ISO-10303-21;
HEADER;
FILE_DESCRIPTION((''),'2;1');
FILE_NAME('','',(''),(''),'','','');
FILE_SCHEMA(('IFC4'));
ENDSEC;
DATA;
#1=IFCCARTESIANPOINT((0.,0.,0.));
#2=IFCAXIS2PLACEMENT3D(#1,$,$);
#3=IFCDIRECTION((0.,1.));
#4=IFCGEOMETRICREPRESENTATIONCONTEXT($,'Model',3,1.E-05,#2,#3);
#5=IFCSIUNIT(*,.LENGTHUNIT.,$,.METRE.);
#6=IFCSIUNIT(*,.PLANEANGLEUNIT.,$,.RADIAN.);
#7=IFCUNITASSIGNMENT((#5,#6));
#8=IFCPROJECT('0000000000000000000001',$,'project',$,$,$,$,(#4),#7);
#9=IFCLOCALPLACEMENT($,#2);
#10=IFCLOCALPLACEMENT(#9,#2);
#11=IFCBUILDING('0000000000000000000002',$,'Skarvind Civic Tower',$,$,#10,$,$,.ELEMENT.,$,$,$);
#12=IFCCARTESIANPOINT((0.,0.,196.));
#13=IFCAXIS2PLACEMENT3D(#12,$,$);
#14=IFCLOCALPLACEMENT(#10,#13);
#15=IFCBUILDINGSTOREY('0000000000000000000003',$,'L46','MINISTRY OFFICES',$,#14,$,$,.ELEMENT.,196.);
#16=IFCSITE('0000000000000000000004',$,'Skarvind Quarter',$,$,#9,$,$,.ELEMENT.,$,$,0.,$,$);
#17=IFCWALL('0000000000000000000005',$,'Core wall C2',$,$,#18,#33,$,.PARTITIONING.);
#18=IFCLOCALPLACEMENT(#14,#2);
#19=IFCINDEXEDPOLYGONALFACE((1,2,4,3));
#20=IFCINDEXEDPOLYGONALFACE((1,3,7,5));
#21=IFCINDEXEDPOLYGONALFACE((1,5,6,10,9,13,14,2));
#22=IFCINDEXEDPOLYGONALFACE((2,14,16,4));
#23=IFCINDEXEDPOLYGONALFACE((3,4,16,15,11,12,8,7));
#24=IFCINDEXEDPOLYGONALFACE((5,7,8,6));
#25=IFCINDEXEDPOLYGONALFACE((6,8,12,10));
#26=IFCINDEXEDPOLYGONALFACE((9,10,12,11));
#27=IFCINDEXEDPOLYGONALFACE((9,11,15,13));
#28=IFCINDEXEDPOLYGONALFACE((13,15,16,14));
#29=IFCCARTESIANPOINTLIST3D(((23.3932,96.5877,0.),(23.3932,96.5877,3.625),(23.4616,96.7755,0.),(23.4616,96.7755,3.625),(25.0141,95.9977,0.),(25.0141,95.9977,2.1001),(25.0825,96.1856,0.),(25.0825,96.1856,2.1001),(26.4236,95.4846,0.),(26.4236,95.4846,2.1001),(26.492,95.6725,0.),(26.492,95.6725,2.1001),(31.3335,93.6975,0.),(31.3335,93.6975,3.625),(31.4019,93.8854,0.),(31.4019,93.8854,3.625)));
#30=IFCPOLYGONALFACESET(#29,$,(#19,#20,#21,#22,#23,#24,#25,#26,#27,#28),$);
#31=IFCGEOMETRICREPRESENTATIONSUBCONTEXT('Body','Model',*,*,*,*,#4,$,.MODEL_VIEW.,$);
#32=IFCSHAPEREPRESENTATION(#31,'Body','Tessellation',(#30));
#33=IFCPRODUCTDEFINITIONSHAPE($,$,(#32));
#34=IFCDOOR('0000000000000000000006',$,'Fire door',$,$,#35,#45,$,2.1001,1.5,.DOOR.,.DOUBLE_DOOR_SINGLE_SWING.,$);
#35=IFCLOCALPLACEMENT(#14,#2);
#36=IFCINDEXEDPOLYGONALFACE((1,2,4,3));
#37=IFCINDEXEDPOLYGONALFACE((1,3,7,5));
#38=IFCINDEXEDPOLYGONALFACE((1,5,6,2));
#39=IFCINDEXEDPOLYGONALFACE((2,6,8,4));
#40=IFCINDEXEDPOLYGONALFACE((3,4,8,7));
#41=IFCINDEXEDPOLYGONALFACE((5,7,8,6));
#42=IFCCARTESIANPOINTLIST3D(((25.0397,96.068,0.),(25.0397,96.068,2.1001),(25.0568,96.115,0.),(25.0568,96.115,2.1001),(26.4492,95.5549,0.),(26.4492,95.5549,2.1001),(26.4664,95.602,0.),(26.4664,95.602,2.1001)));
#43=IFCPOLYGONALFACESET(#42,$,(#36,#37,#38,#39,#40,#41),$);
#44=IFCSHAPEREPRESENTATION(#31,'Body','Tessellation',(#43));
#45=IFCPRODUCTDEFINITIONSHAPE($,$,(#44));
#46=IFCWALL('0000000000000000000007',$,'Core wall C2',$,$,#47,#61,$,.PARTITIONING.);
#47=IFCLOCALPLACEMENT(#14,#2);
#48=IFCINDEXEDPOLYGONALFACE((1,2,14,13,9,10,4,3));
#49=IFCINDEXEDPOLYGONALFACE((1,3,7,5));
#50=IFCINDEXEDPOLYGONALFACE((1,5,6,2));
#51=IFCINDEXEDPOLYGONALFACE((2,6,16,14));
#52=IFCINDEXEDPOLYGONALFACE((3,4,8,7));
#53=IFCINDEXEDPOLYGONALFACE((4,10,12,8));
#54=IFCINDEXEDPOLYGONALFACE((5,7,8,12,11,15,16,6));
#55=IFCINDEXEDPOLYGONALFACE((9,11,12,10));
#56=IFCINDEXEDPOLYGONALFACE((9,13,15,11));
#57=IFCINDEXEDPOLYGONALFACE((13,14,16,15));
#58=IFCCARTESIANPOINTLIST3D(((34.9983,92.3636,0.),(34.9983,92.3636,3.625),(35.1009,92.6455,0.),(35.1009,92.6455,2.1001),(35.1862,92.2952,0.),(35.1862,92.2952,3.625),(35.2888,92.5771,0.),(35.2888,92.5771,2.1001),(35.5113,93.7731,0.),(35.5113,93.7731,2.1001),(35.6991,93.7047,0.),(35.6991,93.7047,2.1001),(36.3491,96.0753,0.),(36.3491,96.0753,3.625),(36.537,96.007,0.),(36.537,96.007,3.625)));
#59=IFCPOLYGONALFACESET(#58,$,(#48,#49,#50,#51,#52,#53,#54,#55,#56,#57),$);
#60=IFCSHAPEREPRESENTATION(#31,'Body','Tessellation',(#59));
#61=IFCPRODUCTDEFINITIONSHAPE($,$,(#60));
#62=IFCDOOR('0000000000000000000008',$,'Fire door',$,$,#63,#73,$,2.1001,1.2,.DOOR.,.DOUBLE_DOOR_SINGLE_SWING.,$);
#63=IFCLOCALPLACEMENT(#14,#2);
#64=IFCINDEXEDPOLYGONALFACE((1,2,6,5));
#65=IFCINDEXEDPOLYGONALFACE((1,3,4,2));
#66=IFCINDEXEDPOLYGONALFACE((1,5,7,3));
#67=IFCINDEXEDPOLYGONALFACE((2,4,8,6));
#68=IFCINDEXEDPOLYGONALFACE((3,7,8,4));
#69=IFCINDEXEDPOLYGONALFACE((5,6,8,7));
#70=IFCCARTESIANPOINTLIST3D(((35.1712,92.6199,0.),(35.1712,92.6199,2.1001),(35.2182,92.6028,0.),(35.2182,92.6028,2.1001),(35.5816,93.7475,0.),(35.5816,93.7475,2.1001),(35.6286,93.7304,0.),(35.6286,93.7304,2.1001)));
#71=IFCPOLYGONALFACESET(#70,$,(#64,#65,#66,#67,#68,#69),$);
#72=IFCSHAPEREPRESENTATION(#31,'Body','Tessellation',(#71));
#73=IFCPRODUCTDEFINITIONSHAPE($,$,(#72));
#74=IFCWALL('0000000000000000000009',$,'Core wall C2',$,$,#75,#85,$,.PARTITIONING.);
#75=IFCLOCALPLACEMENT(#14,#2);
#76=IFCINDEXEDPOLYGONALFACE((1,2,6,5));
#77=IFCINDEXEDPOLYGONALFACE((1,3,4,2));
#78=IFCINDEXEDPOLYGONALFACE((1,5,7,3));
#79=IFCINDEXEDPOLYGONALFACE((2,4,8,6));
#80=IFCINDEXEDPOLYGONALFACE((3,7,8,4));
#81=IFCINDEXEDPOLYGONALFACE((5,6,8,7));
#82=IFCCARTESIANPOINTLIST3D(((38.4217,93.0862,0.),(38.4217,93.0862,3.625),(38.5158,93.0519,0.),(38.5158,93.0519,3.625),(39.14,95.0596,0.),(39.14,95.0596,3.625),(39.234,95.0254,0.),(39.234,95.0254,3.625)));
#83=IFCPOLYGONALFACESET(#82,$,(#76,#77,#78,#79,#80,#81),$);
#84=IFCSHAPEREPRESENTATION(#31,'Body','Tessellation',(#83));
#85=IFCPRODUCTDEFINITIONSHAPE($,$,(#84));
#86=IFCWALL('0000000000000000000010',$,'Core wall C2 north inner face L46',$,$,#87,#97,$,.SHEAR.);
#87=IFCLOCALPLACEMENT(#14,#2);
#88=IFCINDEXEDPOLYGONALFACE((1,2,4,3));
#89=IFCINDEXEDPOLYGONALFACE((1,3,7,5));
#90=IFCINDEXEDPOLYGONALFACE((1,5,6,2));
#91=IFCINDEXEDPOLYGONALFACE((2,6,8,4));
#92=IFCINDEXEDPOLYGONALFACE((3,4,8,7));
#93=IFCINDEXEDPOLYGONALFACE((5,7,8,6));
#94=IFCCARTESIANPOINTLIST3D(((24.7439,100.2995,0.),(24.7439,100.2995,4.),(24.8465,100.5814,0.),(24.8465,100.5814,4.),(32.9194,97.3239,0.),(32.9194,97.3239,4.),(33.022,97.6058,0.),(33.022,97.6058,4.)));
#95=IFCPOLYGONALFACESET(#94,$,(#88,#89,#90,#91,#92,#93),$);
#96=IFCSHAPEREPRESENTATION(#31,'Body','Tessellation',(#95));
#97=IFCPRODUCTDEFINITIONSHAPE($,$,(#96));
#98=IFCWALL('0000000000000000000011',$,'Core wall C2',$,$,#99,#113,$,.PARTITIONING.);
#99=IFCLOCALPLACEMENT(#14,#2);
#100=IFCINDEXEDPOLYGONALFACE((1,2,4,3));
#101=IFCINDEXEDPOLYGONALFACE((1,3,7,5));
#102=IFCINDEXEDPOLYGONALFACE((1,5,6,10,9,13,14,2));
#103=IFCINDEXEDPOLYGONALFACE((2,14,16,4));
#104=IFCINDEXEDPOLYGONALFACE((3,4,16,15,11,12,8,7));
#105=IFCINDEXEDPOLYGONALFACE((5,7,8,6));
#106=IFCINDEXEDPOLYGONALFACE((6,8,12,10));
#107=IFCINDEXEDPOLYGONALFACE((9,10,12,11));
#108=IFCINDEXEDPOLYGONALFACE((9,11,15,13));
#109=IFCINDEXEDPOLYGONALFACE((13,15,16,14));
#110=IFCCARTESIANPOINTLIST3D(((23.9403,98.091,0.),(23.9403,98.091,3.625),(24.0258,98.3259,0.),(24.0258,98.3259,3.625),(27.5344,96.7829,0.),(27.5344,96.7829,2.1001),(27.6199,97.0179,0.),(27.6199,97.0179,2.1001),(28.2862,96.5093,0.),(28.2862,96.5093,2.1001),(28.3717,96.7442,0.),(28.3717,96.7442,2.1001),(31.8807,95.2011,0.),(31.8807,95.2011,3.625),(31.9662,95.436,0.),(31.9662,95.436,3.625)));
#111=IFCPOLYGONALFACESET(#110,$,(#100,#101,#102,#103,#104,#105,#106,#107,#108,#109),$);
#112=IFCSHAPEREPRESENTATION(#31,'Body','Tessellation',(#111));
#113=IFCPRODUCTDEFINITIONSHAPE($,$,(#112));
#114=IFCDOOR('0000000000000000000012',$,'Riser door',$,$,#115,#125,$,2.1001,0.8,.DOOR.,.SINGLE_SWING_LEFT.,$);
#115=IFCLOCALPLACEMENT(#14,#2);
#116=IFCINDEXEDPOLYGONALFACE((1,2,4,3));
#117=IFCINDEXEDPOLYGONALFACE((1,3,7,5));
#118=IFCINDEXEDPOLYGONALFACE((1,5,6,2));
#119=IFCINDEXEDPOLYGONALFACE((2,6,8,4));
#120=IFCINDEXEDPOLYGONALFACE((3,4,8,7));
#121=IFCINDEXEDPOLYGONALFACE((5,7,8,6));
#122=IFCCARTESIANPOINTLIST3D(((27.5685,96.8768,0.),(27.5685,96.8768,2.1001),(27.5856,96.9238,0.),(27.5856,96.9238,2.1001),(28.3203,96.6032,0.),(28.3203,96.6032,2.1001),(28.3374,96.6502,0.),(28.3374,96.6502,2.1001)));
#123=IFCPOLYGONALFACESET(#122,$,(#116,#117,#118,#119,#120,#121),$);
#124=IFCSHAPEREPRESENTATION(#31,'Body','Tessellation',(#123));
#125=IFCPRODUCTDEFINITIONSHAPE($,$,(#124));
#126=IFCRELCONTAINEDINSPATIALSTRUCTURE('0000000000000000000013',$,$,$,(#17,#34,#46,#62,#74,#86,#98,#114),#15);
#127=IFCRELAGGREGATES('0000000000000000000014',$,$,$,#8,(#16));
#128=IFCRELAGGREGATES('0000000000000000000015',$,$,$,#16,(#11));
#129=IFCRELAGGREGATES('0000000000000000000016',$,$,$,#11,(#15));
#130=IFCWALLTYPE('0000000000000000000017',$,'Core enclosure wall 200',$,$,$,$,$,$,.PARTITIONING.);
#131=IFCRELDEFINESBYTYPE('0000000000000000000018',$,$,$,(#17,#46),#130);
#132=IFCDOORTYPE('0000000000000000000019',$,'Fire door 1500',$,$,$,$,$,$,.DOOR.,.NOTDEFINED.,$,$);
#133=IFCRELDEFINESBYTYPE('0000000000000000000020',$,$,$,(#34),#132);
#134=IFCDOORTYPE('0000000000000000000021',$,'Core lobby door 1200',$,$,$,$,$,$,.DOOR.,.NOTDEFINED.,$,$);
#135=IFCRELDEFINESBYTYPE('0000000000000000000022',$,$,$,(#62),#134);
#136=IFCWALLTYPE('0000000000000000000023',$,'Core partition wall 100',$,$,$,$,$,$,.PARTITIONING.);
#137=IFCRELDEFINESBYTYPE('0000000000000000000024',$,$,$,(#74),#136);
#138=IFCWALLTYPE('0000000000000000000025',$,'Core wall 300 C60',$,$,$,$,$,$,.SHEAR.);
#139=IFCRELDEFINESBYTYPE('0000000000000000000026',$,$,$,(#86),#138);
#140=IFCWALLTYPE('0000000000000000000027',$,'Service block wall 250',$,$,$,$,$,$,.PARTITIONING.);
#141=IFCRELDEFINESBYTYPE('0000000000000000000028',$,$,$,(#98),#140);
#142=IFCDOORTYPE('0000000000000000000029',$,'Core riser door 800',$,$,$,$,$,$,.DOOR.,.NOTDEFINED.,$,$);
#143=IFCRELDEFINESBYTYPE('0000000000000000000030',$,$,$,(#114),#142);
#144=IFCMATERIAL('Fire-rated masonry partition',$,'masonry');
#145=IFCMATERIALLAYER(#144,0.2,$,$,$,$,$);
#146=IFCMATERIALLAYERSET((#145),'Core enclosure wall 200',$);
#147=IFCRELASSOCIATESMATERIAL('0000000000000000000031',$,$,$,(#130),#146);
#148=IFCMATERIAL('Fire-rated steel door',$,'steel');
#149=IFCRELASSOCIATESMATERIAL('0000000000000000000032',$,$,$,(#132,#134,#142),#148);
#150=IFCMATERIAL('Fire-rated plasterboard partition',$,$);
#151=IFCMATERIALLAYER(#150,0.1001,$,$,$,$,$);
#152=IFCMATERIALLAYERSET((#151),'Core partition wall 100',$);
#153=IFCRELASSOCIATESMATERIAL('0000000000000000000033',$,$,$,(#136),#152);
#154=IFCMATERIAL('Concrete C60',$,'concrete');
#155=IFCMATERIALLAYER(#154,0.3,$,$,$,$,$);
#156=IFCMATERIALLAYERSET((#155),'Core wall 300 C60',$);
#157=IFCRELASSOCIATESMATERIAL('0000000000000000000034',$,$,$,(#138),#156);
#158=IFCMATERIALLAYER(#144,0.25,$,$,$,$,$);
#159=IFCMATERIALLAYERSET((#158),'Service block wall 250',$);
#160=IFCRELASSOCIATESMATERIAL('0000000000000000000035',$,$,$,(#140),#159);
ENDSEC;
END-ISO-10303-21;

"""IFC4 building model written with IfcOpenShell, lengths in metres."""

from ifc_helpers import new_model, si_unit, direction, frame, frame_2d, origin, place, context, subcontext, project, spatial, rectangle, extrude, material, layer, layer_set, type_object, element, fill, save


model = new_model("IFC4")

# Units and contexts
model_context = context("Model", 3, precision=1e-05, world=origin(), true_north=direction((0.0, 1.0)))
body_context = subcontext(model_context, "Body", "Model", "MODEL_VIEW")
ifc_project = project(units=[si_unit("LENGTHUNIT", "METRE"), si_unit("PLANEANGLEUNIT", "RADIAN")], contexts=[model_context])

# Site, building, storey
site_placement = place(None, origin())
site = spatial("IfcSite", under=ifc_project, at=site_placement, Name="Skarvind Quarter", CompositionType="ELEMENT", RefElevation=0.0)
building_placement = place(site_placement, origin())
building = spatial("IfcBuilding", under=site, at=building_placement, Name="Skarvind Civic Tower", CompositionType="ELEMENT")
storey_placement = place(building_placement, frame((0.0, 0.0, 196.0)))
storey = spatial("IfcBuildingStorey", under=building, at=storey_placement, Name="L46", Description="MINISTRY OFFICES", CompositionType="ELEMENT", Elevation=196.0)

# Shared definitions
ifc_material_1 = material(Name="Concrete C60", Category="concrete")

# Walls, openings, doors
ifc_material_2 = material(Name="Fire-rated masonry partition", Category="masonry")
ifc_layer_1 = layer(ifc_material_2, 0.2)
ifc_layer_set_1 = layer_set([ifc_layer_1], Name="Core enclosure wall 200")
wall_type_1 = type_object("IfcWallType", Name="Core enclosure wall 200", PredefinedType="PARTITIONING", material=ifc_layer_set_1)
wall_1_placement = place(storey_placement, frame((23.4272, 96.6816, 0.0), z_axis=(0.0, 0.0, 1.0), x_axis=(0.93969, -0.342026, 0.0)))
wall_1 = element("IfcWall", 1, at=wall_1_placement, inside=storey, type_object=wall_type_1, Name="Core wall C2", PredefinedType="PARTITIONING", context=body_context, shape_type="SweptSolid", body=[
    extrude(rectangle(XDim=8.45, YDim=0.2, at=frame_2d((4.2251, 0.0))), origin(), (0.0, 0.0, 1.0), 3.625),
])
opening_1_placement = place(wall_1_placement, frame((1.7251, 0.0, 0.0)))
opening_1 = element("IfcOpeningElement", 2, at=opening_1_placement, cuts=wall_1, PredefinedType="OPENING", context=body_context, shape_type="SweptSolid", body=[
    extrude(rectangle(XDim=1.5, YDim=2.1001, at=frame_2d((0.75, 1.05))), frame((0.0, 0.1099, 0.0), z_axis=(0.0, -1.0, 0.0), x_axis=(1.0, 0.0, 0.0)), (0.0, 0.0, 1.0), 0.22),
])
ifc_material_3 = material(Name="Fire-rated steel door", Category="steel")
door_type_1 = type_object("IfcDoorType", Name="Fire door 1500", OperationType="NOTDEFINED", PredefinedType="DOOR", material=ifc_material_3)
door_1_placement = place(opening_1_placement, origin())
door_1 = element("IfcDoor", 3, at=door_1_placement, inside=storey, type_object=door_type_1, Name="Fire door", OperationType="DOUBLE_DOOR_SINGLE_SWING", OverallHeight=2.1001, OverallWidth=1.5, PredefinedType="DOOR", context=body_context, shape_type="SweptSolid", body=[
    extrude(rectangle(XDim=1.5, YDim=2.1001, at=frame_2d((0.75, 1.05))), frame((0.0, 0.0249, 0.0), z_axis=(0.0, -1.0, 0.0), x_axis=(1.0, 0.0, 0.0)), (0.0, 0.0, 1.0), 0.05),
])
fill(opening_1, door_1)
wall_2_placement = place(storey_placement, frame((36.4431, 96.0413, 0.0), z_axis=(0.0, 0.0, 1.0), x_axis=(-0.341996, -0.939701, 0.0)))
wall_2 = element("IfcWall", 4, at=wall_2_placement, inside=storey, type_object=wall_type_1, Name="Core wall C2", PredefinedType="PARTITIONING", context=body_context, shape_type="SweptSolid", body=[
    extrude(rectangle(XDim=3.95, YDim=0.2, at=frame_2d((1.9751, 0.0))), origin(), (0.0, 0.0, 1.0), 3.625),
])
opening_2_placement = place(wall_2_placement, frame((2.45, 0.0, 0.0)))
opening_2 = element("IfcOpeningElement", 5, at=opening_2_placement, cuts=wall_2, PredefinedType="OPENING", context=body_context, shape_type="SweptSolid", body=[
    extrude(rectangle(XDim=1.2, YDim=2.1001, at=frame_2d((0.6001, 1.05))), frame((0.0, 0.1099, 0.0), z_axis=(0.0, -1.0, 0.0), x_axis=(1.0, 0.0, 0.0)), (0.0, 0.0, 1.0), 0.22),
])
door_type_2 = type_object("IfcDoorType", Name="Core lobby door 1200", OperationType="NOTDEFINED", PredefinedType="DOOR", material=ifc_material_3)
door_2_placement = place(opening_2_placement, origin())
door_2 = element("IfcDoor", 6, at=door_2_placement, inside=storey, type_object=door_type_2, Name="Fire door", OperationType="DOUBLE_DOOR_SINGLE_SWING", OverallHeight=2.1001, OverallWidth=1.2, PredefinedType="DOOR", context=body_context, shape_type="SweptSolid", body=[
    extrude(rectangle(XDim=1.2, YDim=2.1001, at=frame_2d((0.6001, 1.05))), frame((0.0, 0.0249, 0.0), z_axis=(0.0, -1.0, 0.0), x_axis=(1.0, 0.0, 0.0)), (0.0, 0.0, 1.0), 0.05),
])
fill(opening_2, door_2)

# Walls
ifc_material_4 = material(Name="Fire-rated plasterboard partition")
ifc_layer_2 = layer(ifc_material_4, 0.1001)
ifc_layer_set_2 = layer_set([ifc_layer_2], Name="Core partition wall 100")
wall_type_2 = type_object("IfcWallType", Name="Core partition wall 100", PredefinedType="PARTITIONING", material=ifc_layer_set_2)
wall_3_placement = place(storey_placement, frame((39.187, 95.0425, 0.0), z_axis=(0.0, 0.0, 1.0), x_axis=(-0.342023, -0.939692, 0.0)))
element("IfcWall", 7, at=wall_3_placement, inside=storey, type_object=wall_type_2, Name="Core wall C2", PredefinedType="PARTITIONING", context=body_context, shape_type="SweptSolid", body=[
    extrude(rectangle(XDim=2.1001, YDim=0.1001, at=frame_2d((1.05, 0.0))), origin(), (0.0, 0.0, 1.0), 3.625),
])
ifc_layer_3 = layer(ifc_material_1, 0.3)
ifc_layer_set_3 = layer_set([ifc_layer_3], Name="Core wall 300 C60")
wall_type_3 = type_object("IfcWallType", Name="Core wall 300 C60", PredefinedType="SHEAR", material=ifc_layer_set_3)
wall_4_placement = place(storey_placement, frame((32.9707, 97.4648, 0.0), z_axis=(0.0, 0.0, 1.0), x_axis=(-0.939695, 0.342013, 0.0)))
element("IfcWall", 8, at=wall_4_placement, inside=storey, type_object=wall_type_3, Name="Core wall C2 north inner face L46", PredefinedType="SHEAR", context=body_context, shape_type="SweptSolid", body=[
    extrude(rectangle(XDim=8.7002, YDim=0.3, at=frame_2d((4.3501, 0.0))), origin(), (0.0, 0.0, 1.0), 4.0),
])

# Wall, opening, door
ifc_layer_4 = layer(ifc_material_2, 0.25)
ifc_layer_set_4 = layer_set([ifc_layer_4], Name="Service block wall 250")
wall_type_4 = type_object("IfcWallType", Name="Service block wall 250", PredefinedType="PARTITIONING", material=ifc_layer_set_4)
wall_5_placement = place(storey_placement, frame((23.9829, 98.2085, 0.0), z_axis=(0.0, 0.0, 1.0), x_axis=(0.9397, -0.342001, 0.0)))
wall_5 = element("IfcWall", 9, at=wall_5_placement, inside=storey, type_object=wall_type_4, Name="Core wall C2", PredefinedType="PARTITIONING", context=body_context, shape_type="SweptSolid", body=[
    extrude(rectangle(XDim=8.45, YDim=0.25, at=frame_2d((4.2251, 0.0))), origin(), (0.0, 0.0, 1.0), 3.625),
])
opening_3_placement = place(wall_5_placement, frame((3.825, 0.0, 0.0)))
opening_3 = element("IfcOpeningElement", 10, at=opening_3_placement, cuts=wall_5, PredefinedType="OPENING", context=body_context, shape_type="SweptSolid", body=[
    extrude(rectangle(XDim=0.8, YDim=2.1001, at=frame_2d((0.3999, 1.05))), frame((0.0, 0.135, 0.0), z_axis=(0.0, -1.0, 0.0), x_axis=(1.0, 0.0, 0.0)), (0.0, 0.0, 1.0), 0.27),
])
door_type_3 = type_object("IfcDoorType", Name="Core riser door 800", OperationType="NOTDEFINED", PredefinedType="DOOR", material=ifc_material_3)
door_3_placement = place(opening_3_placement, origin())
door_3 = element("IfcDoor", 11, at=door_3_placement, inside=storey, type_object=door_type_3, Name="Riser door", OperationType="SINGLE_SWING_LEFT", OverallHeight=2.1001, OverallWidth=0.8, PredefinedType="DOOR", context=body_context, shape_type="SweptSolid", body=[
    extrude(rectangle(XDim=0.8, YDim=2.1001, at=frame_2d((0.3999, 1.05))), frame((0.0, 0.0249, 0.0), z_axis=(0.0, -1.0, 0.0), x_axis=(1.0, 0.0, 0.0)), (0.0, 0.0, 1.0), 0.05),
])
fill(opening_3, door_3)

save(model, "model.ifc")
